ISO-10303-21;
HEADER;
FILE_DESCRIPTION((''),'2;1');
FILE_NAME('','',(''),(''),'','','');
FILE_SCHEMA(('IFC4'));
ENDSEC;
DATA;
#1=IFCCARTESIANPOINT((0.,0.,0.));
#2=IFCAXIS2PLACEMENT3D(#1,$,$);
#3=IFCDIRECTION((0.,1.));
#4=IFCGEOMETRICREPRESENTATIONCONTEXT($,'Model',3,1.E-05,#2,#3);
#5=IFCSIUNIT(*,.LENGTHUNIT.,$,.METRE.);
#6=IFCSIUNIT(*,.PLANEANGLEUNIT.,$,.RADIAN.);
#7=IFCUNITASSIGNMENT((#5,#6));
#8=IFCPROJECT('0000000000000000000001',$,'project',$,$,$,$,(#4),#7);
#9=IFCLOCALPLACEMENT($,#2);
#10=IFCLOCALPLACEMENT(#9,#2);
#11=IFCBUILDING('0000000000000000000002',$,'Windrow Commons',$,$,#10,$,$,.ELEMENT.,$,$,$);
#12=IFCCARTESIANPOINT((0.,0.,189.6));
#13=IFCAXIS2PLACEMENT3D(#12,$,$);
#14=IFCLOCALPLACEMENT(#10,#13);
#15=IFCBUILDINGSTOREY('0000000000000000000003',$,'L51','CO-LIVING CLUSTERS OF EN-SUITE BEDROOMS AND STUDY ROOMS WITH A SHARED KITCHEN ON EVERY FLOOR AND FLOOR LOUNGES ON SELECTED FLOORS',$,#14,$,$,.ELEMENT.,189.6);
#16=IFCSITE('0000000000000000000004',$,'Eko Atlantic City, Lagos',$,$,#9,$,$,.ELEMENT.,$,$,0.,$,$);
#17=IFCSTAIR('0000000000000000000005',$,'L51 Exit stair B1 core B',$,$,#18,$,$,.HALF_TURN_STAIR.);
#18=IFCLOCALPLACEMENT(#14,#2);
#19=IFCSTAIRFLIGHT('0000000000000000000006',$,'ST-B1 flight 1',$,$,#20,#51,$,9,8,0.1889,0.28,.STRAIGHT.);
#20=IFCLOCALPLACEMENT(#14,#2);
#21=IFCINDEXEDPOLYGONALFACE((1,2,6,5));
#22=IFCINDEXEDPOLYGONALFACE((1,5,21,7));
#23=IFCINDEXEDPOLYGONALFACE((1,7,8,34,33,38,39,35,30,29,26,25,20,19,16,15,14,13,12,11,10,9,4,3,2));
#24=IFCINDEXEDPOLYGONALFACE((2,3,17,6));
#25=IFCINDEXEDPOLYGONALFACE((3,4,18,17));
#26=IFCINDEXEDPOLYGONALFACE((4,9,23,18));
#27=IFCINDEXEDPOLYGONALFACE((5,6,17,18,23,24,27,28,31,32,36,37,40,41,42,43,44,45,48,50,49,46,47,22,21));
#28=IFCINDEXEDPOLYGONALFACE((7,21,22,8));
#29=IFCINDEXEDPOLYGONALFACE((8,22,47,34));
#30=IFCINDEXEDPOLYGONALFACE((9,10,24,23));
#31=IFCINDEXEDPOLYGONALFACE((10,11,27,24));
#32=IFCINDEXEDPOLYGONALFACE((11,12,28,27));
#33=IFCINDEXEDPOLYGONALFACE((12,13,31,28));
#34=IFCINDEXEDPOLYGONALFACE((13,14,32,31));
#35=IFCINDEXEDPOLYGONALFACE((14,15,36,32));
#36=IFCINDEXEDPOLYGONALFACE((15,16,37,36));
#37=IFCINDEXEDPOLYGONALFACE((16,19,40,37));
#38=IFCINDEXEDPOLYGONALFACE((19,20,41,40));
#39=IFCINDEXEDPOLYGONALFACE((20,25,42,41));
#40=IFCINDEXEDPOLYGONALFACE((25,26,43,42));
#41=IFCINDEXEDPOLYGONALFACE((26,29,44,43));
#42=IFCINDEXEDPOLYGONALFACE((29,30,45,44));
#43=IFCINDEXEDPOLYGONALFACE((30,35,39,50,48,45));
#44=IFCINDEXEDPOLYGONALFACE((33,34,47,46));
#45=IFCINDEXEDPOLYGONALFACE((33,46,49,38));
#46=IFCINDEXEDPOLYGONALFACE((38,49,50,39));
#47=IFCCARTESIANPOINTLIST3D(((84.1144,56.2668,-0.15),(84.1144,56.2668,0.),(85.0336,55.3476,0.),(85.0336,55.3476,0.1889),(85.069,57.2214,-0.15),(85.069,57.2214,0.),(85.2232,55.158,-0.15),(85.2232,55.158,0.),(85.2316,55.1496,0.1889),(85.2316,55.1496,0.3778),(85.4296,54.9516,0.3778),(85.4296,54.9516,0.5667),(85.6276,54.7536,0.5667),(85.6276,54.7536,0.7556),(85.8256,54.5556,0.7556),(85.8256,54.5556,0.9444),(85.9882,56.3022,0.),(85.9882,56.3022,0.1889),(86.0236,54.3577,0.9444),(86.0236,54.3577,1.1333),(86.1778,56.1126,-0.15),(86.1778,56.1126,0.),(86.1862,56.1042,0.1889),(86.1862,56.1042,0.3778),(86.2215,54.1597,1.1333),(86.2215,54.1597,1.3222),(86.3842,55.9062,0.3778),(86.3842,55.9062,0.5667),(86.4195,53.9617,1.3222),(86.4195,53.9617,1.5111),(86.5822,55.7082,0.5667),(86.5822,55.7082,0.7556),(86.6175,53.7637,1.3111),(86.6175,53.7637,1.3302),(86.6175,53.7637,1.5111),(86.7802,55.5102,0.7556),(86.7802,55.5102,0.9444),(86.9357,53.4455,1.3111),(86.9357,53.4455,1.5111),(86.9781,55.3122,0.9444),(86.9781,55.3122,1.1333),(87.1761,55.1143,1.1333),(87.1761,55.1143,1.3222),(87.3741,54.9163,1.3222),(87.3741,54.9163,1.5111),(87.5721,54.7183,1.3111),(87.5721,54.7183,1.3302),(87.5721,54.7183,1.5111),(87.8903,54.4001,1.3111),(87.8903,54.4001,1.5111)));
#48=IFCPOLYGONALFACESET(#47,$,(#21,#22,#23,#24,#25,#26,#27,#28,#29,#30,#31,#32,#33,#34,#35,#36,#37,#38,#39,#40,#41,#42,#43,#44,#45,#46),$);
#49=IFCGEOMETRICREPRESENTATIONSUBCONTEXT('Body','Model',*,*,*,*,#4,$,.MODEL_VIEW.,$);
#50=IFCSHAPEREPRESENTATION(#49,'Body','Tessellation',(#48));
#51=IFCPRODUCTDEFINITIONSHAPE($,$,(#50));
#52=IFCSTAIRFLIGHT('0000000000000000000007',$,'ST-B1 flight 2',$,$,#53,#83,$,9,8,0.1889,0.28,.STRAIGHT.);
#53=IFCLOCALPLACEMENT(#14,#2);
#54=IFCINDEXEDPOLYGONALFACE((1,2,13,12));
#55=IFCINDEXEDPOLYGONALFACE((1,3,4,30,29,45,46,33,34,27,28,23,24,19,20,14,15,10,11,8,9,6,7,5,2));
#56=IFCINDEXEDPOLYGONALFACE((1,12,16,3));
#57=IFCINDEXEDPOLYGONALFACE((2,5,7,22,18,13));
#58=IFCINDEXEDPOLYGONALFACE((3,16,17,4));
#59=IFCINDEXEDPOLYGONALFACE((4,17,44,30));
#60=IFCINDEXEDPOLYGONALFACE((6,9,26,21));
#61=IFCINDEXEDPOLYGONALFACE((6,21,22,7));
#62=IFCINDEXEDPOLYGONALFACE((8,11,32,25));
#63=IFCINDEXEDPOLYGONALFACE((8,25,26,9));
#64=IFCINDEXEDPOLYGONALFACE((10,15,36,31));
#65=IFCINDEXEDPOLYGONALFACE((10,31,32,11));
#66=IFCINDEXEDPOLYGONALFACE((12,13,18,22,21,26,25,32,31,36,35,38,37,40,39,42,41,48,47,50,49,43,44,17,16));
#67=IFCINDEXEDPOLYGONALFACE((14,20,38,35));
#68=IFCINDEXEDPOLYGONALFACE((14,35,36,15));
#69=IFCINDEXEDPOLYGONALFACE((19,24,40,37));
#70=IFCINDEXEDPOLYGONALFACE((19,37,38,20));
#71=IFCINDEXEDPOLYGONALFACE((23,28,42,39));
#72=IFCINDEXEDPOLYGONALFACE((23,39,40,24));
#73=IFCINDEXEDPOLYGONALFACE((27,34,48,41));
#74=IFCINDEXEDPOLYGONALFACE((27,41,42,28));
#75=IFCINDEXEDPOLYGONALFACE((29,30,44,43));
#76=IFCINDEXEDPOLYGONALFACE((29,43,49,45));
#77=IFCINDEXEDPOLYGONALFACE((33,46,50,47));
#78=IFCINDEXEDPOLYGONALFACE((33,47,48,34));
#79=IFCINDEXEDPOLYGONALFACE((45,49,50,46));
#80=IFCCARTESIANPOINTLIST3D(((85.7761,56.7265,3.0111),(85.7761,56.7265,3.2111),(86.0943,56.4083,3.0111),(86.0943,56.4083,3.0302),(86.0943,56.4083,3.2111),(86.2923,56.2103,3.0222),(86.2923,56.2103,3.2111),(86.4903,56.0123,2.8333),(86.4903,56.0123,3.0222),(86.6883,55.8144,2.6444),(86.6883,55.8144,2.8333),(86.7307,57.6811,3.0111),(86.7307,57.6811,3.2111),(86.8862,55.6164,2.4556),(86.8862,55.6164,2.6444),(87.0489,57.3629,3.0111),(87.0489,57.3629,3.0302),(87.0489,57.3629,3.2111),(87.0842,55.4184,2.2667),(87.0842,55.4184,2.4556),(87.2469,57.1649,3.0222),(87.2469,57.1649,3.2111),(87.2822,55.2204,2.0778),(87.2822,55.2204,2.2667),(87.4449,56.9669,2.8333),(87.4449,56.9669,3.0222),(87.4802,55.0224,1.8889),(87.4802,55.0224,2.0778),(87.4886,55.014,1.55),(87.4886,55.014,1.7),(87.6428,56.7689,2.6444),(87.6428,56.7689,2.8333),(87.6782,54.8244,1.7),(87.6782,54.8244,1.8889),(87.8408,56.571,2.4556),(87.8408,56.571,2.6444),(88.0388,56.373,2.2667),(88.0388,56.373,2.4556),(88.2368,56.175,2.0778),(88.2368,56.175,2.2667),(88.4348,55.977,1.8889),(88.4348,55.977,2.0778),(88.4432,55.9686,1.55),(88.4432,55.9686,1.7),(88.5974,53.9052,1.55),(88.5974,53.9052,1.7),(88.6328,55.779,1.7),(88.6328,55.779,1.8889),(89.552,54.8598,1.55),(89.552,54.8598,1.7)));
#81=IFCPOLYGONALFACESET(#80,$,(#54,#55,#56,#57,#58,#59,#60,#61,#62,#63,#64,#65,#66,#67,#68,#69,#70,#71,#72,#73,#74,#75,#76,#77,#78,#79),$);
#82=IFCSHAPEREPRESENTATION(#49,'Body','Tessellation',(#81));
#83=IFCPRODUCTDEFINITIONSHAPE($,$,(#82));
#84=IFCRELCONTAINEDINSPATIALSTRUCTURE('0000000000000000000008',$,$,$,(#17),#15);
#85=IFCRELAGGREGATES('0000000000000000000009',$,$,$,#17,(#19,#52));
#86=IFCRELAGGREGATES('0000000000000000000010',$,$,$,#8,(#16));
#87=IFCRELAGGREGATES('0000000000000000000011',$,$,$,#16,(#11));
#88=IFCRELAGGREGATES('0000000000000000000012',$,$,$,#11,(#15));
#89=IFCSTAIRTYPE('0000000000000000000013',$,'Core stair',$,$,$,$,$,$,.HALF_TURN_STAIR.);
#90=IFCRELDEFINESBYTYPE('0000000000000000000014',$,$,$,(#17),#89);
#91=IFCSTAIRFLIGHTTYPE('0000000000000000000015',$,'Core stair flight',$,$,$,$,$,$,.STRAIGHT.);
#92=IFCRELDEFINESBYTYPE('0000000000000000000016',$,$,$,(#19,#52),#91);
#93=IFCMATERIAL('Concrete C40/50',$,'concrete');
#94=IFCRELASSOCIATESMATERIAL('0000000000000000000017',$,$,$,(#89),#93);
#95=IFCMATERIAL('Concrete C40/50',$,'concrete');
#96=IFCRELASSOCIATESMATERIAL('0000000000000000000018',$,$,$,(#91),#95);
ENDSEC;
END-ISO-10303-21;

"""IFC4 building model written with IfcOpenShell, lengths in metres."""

from ifc_helpers import new_model, si_unit, direction, frame, origin, place, context, subcontext, project, spatial, polyline, outline, extrude, material, type_object, element, aggregate, save


model = new_model("IFC4")

# Units and contexts
model_context = context("Model", 3, precision=1e-05, world=origin(), true_north=direction((0.0, 1.0)))
body_context = subcontext(model_context, "Body", "Model", "MODEL_VIEW")
ifc_project = project(units=[si_unit("LENGTHUNIT", "METRE"), si_unit("PLANEANGLEUNIT", "RADIAN")], contexts=[model_context])

# Site, building, storey
site_placement = place(None, origin())
site = spatial("IfcSite", under=ifc_project, at=site_placement, Name="Eko Atlantic City, Lagos", CompositionType="ELEMENT", RefElevation=0.0)
building_placement = place(site_placement, origin())
building = spatial("IfcBuilding", under=site, at=building_placement, Name="Windrow Commons", CompositionType="ELEMENT")
storey_placement = place(building_placement, frame((0.0, 0.0, 189.6)))
storey = spatial("IfcBuildingStorey", under=building, at=storey_placement, Name="L51", Description="CO-LIVING CLUSTERS OF EN-SUITE BEDROOMS AND STUDY ROOMS WITH A SHARED KITCHEN ON EVERY FLOOR AND FLOOR LOUNGES ON SELECTED FLOORS", CompositionType="ELEMENT", Elevation=189.6)

# Stair, stair flights
ifc_material_1 = material(Name="Concrete C40/50", Category="concrete")
stair_type = type_object("IfcStairType", Name="Core stair", PredefinedType="HALF_TURN_STAIR", material=ifc_material_1)
stair_placement = place(storey_placement, origin())
stair = element("IfcStair", 1, at=stair_placement, inside=storey, type_object=stair_type, Name="L51 Exit stair B1 core B", PredefinedType="HALF_TURN_STAIR")
ifc_material_2 = material(Name="Concrete C40/50", Category="concrete")
stair_flight_type = type_object("IfcStairFlightType", Name="Core stair flight", PredefinedType="STRAIGHT", material=ifc_material_2)
stair_flight_1_placement = place(storey_placement, frame((85.5109, 55.8249, 0.0), z_axis=(0.0, 0.0, 1.0), x_axis=(0.707107, -0.707107, 0.0)))
stair_flight_1 = element("IfcStairFlight", 2, at=stair_flight_1_placement, type_object=stair_flight_type, Name="ST-B1 flight 1", NumberOfRisers=9, NumberOfTreads=8, PredefinedType="STRAIGHT", RiserHeight=0.1889, TreadLength=0.28, context=body_context, shape_type="SweptSolid", body=[
    extrude(outline(polyline([(-1.3, -0.15), (-1.3, 0.0), (0.0, 0.0), (0.0, 0.1889), (0.28, 0.1889), (0.28, 0.3778), (0.56, 0.3778), (0.56, 0.5667), (0.84, 0.5667), (0.84, 0.7556), (1.12, 0.7556), (1.12, 0.9444), (1.4, 0.9444), (1.4, 1.1333), (1.68, 1.1333), (1.68, 1.3222), (1.96, 1.3222), (1.96, 1.5111), (2.24, 1.5111), (2.69, 1.5111), (2.69, 1.3111), (2.24, 1.3111), (2.24, 1.3302), (0.2682, 0.0), (0.2682, -0.15), (-1.3, -0.15)])), frame((0.0, 0.675, 0.0), z_axis=(0.0, -1.0, 0.0), x_axis=(1.0, 0.0, 0.0)), (0.0, 0.0, 1.0), 1.35),
])
stair_flight_2_placement = place(storey_placement, frame((88.1555, 55.3017, 1.7), z_axis=(0.0, 0.0, 1.0), x_axis=(-0.707107, 0.707107, 0.0)))
stair_flight_2 = element("IfcStairFlight", 3, at=stair_flight_2_placement, type_object=stair_flight_type, Name="ST-B1 flight 2", NumberOfRisers=9, NumberOfTreads=8, PredefinedType="STRAIGHT", RiserHeight=0.1889, TreadLength=0.28, context=body_context, shape_type="SweptSolid", body=[
    extrude(outline(polyline([(-1.3, -0.15), (-1.3, 0.0), (0.0, 0.0), (0.0, 0.1889), (0.28, 0.1889), (0.28, 0.3778), (0.56, 0.3778), (0.56, 0.5667), (0.84, 0.5667), (0.84, 0.7556), (1.12, 0.7556), (1.12, 0.9444), (1.4, 0.9444), (1.4, 1.1333), (1.68, 1.1333), (1.68, 1.3222), (1.96, 1.3222), (1.96, 1.5111), (2.24, 1.5111), (2.69, 1.5111), (2.69, 1.3111), (2.24, 1.3111), (2.24, 1.3302), (0.2682, 0.0), (0.2682, -0.15), (-1.3, -0.15)])), frame((0.0, 0.675, 0.0), z_axis=(0.0, -1.0, 0.0), x_axis=(1.0, 0.0, 0.0)), (0.0, 0.0, 1.0), 1.35),
])
aggregate(stair, [stair_flight_1, stair_flight_2])

save(model, "model.ifc")
